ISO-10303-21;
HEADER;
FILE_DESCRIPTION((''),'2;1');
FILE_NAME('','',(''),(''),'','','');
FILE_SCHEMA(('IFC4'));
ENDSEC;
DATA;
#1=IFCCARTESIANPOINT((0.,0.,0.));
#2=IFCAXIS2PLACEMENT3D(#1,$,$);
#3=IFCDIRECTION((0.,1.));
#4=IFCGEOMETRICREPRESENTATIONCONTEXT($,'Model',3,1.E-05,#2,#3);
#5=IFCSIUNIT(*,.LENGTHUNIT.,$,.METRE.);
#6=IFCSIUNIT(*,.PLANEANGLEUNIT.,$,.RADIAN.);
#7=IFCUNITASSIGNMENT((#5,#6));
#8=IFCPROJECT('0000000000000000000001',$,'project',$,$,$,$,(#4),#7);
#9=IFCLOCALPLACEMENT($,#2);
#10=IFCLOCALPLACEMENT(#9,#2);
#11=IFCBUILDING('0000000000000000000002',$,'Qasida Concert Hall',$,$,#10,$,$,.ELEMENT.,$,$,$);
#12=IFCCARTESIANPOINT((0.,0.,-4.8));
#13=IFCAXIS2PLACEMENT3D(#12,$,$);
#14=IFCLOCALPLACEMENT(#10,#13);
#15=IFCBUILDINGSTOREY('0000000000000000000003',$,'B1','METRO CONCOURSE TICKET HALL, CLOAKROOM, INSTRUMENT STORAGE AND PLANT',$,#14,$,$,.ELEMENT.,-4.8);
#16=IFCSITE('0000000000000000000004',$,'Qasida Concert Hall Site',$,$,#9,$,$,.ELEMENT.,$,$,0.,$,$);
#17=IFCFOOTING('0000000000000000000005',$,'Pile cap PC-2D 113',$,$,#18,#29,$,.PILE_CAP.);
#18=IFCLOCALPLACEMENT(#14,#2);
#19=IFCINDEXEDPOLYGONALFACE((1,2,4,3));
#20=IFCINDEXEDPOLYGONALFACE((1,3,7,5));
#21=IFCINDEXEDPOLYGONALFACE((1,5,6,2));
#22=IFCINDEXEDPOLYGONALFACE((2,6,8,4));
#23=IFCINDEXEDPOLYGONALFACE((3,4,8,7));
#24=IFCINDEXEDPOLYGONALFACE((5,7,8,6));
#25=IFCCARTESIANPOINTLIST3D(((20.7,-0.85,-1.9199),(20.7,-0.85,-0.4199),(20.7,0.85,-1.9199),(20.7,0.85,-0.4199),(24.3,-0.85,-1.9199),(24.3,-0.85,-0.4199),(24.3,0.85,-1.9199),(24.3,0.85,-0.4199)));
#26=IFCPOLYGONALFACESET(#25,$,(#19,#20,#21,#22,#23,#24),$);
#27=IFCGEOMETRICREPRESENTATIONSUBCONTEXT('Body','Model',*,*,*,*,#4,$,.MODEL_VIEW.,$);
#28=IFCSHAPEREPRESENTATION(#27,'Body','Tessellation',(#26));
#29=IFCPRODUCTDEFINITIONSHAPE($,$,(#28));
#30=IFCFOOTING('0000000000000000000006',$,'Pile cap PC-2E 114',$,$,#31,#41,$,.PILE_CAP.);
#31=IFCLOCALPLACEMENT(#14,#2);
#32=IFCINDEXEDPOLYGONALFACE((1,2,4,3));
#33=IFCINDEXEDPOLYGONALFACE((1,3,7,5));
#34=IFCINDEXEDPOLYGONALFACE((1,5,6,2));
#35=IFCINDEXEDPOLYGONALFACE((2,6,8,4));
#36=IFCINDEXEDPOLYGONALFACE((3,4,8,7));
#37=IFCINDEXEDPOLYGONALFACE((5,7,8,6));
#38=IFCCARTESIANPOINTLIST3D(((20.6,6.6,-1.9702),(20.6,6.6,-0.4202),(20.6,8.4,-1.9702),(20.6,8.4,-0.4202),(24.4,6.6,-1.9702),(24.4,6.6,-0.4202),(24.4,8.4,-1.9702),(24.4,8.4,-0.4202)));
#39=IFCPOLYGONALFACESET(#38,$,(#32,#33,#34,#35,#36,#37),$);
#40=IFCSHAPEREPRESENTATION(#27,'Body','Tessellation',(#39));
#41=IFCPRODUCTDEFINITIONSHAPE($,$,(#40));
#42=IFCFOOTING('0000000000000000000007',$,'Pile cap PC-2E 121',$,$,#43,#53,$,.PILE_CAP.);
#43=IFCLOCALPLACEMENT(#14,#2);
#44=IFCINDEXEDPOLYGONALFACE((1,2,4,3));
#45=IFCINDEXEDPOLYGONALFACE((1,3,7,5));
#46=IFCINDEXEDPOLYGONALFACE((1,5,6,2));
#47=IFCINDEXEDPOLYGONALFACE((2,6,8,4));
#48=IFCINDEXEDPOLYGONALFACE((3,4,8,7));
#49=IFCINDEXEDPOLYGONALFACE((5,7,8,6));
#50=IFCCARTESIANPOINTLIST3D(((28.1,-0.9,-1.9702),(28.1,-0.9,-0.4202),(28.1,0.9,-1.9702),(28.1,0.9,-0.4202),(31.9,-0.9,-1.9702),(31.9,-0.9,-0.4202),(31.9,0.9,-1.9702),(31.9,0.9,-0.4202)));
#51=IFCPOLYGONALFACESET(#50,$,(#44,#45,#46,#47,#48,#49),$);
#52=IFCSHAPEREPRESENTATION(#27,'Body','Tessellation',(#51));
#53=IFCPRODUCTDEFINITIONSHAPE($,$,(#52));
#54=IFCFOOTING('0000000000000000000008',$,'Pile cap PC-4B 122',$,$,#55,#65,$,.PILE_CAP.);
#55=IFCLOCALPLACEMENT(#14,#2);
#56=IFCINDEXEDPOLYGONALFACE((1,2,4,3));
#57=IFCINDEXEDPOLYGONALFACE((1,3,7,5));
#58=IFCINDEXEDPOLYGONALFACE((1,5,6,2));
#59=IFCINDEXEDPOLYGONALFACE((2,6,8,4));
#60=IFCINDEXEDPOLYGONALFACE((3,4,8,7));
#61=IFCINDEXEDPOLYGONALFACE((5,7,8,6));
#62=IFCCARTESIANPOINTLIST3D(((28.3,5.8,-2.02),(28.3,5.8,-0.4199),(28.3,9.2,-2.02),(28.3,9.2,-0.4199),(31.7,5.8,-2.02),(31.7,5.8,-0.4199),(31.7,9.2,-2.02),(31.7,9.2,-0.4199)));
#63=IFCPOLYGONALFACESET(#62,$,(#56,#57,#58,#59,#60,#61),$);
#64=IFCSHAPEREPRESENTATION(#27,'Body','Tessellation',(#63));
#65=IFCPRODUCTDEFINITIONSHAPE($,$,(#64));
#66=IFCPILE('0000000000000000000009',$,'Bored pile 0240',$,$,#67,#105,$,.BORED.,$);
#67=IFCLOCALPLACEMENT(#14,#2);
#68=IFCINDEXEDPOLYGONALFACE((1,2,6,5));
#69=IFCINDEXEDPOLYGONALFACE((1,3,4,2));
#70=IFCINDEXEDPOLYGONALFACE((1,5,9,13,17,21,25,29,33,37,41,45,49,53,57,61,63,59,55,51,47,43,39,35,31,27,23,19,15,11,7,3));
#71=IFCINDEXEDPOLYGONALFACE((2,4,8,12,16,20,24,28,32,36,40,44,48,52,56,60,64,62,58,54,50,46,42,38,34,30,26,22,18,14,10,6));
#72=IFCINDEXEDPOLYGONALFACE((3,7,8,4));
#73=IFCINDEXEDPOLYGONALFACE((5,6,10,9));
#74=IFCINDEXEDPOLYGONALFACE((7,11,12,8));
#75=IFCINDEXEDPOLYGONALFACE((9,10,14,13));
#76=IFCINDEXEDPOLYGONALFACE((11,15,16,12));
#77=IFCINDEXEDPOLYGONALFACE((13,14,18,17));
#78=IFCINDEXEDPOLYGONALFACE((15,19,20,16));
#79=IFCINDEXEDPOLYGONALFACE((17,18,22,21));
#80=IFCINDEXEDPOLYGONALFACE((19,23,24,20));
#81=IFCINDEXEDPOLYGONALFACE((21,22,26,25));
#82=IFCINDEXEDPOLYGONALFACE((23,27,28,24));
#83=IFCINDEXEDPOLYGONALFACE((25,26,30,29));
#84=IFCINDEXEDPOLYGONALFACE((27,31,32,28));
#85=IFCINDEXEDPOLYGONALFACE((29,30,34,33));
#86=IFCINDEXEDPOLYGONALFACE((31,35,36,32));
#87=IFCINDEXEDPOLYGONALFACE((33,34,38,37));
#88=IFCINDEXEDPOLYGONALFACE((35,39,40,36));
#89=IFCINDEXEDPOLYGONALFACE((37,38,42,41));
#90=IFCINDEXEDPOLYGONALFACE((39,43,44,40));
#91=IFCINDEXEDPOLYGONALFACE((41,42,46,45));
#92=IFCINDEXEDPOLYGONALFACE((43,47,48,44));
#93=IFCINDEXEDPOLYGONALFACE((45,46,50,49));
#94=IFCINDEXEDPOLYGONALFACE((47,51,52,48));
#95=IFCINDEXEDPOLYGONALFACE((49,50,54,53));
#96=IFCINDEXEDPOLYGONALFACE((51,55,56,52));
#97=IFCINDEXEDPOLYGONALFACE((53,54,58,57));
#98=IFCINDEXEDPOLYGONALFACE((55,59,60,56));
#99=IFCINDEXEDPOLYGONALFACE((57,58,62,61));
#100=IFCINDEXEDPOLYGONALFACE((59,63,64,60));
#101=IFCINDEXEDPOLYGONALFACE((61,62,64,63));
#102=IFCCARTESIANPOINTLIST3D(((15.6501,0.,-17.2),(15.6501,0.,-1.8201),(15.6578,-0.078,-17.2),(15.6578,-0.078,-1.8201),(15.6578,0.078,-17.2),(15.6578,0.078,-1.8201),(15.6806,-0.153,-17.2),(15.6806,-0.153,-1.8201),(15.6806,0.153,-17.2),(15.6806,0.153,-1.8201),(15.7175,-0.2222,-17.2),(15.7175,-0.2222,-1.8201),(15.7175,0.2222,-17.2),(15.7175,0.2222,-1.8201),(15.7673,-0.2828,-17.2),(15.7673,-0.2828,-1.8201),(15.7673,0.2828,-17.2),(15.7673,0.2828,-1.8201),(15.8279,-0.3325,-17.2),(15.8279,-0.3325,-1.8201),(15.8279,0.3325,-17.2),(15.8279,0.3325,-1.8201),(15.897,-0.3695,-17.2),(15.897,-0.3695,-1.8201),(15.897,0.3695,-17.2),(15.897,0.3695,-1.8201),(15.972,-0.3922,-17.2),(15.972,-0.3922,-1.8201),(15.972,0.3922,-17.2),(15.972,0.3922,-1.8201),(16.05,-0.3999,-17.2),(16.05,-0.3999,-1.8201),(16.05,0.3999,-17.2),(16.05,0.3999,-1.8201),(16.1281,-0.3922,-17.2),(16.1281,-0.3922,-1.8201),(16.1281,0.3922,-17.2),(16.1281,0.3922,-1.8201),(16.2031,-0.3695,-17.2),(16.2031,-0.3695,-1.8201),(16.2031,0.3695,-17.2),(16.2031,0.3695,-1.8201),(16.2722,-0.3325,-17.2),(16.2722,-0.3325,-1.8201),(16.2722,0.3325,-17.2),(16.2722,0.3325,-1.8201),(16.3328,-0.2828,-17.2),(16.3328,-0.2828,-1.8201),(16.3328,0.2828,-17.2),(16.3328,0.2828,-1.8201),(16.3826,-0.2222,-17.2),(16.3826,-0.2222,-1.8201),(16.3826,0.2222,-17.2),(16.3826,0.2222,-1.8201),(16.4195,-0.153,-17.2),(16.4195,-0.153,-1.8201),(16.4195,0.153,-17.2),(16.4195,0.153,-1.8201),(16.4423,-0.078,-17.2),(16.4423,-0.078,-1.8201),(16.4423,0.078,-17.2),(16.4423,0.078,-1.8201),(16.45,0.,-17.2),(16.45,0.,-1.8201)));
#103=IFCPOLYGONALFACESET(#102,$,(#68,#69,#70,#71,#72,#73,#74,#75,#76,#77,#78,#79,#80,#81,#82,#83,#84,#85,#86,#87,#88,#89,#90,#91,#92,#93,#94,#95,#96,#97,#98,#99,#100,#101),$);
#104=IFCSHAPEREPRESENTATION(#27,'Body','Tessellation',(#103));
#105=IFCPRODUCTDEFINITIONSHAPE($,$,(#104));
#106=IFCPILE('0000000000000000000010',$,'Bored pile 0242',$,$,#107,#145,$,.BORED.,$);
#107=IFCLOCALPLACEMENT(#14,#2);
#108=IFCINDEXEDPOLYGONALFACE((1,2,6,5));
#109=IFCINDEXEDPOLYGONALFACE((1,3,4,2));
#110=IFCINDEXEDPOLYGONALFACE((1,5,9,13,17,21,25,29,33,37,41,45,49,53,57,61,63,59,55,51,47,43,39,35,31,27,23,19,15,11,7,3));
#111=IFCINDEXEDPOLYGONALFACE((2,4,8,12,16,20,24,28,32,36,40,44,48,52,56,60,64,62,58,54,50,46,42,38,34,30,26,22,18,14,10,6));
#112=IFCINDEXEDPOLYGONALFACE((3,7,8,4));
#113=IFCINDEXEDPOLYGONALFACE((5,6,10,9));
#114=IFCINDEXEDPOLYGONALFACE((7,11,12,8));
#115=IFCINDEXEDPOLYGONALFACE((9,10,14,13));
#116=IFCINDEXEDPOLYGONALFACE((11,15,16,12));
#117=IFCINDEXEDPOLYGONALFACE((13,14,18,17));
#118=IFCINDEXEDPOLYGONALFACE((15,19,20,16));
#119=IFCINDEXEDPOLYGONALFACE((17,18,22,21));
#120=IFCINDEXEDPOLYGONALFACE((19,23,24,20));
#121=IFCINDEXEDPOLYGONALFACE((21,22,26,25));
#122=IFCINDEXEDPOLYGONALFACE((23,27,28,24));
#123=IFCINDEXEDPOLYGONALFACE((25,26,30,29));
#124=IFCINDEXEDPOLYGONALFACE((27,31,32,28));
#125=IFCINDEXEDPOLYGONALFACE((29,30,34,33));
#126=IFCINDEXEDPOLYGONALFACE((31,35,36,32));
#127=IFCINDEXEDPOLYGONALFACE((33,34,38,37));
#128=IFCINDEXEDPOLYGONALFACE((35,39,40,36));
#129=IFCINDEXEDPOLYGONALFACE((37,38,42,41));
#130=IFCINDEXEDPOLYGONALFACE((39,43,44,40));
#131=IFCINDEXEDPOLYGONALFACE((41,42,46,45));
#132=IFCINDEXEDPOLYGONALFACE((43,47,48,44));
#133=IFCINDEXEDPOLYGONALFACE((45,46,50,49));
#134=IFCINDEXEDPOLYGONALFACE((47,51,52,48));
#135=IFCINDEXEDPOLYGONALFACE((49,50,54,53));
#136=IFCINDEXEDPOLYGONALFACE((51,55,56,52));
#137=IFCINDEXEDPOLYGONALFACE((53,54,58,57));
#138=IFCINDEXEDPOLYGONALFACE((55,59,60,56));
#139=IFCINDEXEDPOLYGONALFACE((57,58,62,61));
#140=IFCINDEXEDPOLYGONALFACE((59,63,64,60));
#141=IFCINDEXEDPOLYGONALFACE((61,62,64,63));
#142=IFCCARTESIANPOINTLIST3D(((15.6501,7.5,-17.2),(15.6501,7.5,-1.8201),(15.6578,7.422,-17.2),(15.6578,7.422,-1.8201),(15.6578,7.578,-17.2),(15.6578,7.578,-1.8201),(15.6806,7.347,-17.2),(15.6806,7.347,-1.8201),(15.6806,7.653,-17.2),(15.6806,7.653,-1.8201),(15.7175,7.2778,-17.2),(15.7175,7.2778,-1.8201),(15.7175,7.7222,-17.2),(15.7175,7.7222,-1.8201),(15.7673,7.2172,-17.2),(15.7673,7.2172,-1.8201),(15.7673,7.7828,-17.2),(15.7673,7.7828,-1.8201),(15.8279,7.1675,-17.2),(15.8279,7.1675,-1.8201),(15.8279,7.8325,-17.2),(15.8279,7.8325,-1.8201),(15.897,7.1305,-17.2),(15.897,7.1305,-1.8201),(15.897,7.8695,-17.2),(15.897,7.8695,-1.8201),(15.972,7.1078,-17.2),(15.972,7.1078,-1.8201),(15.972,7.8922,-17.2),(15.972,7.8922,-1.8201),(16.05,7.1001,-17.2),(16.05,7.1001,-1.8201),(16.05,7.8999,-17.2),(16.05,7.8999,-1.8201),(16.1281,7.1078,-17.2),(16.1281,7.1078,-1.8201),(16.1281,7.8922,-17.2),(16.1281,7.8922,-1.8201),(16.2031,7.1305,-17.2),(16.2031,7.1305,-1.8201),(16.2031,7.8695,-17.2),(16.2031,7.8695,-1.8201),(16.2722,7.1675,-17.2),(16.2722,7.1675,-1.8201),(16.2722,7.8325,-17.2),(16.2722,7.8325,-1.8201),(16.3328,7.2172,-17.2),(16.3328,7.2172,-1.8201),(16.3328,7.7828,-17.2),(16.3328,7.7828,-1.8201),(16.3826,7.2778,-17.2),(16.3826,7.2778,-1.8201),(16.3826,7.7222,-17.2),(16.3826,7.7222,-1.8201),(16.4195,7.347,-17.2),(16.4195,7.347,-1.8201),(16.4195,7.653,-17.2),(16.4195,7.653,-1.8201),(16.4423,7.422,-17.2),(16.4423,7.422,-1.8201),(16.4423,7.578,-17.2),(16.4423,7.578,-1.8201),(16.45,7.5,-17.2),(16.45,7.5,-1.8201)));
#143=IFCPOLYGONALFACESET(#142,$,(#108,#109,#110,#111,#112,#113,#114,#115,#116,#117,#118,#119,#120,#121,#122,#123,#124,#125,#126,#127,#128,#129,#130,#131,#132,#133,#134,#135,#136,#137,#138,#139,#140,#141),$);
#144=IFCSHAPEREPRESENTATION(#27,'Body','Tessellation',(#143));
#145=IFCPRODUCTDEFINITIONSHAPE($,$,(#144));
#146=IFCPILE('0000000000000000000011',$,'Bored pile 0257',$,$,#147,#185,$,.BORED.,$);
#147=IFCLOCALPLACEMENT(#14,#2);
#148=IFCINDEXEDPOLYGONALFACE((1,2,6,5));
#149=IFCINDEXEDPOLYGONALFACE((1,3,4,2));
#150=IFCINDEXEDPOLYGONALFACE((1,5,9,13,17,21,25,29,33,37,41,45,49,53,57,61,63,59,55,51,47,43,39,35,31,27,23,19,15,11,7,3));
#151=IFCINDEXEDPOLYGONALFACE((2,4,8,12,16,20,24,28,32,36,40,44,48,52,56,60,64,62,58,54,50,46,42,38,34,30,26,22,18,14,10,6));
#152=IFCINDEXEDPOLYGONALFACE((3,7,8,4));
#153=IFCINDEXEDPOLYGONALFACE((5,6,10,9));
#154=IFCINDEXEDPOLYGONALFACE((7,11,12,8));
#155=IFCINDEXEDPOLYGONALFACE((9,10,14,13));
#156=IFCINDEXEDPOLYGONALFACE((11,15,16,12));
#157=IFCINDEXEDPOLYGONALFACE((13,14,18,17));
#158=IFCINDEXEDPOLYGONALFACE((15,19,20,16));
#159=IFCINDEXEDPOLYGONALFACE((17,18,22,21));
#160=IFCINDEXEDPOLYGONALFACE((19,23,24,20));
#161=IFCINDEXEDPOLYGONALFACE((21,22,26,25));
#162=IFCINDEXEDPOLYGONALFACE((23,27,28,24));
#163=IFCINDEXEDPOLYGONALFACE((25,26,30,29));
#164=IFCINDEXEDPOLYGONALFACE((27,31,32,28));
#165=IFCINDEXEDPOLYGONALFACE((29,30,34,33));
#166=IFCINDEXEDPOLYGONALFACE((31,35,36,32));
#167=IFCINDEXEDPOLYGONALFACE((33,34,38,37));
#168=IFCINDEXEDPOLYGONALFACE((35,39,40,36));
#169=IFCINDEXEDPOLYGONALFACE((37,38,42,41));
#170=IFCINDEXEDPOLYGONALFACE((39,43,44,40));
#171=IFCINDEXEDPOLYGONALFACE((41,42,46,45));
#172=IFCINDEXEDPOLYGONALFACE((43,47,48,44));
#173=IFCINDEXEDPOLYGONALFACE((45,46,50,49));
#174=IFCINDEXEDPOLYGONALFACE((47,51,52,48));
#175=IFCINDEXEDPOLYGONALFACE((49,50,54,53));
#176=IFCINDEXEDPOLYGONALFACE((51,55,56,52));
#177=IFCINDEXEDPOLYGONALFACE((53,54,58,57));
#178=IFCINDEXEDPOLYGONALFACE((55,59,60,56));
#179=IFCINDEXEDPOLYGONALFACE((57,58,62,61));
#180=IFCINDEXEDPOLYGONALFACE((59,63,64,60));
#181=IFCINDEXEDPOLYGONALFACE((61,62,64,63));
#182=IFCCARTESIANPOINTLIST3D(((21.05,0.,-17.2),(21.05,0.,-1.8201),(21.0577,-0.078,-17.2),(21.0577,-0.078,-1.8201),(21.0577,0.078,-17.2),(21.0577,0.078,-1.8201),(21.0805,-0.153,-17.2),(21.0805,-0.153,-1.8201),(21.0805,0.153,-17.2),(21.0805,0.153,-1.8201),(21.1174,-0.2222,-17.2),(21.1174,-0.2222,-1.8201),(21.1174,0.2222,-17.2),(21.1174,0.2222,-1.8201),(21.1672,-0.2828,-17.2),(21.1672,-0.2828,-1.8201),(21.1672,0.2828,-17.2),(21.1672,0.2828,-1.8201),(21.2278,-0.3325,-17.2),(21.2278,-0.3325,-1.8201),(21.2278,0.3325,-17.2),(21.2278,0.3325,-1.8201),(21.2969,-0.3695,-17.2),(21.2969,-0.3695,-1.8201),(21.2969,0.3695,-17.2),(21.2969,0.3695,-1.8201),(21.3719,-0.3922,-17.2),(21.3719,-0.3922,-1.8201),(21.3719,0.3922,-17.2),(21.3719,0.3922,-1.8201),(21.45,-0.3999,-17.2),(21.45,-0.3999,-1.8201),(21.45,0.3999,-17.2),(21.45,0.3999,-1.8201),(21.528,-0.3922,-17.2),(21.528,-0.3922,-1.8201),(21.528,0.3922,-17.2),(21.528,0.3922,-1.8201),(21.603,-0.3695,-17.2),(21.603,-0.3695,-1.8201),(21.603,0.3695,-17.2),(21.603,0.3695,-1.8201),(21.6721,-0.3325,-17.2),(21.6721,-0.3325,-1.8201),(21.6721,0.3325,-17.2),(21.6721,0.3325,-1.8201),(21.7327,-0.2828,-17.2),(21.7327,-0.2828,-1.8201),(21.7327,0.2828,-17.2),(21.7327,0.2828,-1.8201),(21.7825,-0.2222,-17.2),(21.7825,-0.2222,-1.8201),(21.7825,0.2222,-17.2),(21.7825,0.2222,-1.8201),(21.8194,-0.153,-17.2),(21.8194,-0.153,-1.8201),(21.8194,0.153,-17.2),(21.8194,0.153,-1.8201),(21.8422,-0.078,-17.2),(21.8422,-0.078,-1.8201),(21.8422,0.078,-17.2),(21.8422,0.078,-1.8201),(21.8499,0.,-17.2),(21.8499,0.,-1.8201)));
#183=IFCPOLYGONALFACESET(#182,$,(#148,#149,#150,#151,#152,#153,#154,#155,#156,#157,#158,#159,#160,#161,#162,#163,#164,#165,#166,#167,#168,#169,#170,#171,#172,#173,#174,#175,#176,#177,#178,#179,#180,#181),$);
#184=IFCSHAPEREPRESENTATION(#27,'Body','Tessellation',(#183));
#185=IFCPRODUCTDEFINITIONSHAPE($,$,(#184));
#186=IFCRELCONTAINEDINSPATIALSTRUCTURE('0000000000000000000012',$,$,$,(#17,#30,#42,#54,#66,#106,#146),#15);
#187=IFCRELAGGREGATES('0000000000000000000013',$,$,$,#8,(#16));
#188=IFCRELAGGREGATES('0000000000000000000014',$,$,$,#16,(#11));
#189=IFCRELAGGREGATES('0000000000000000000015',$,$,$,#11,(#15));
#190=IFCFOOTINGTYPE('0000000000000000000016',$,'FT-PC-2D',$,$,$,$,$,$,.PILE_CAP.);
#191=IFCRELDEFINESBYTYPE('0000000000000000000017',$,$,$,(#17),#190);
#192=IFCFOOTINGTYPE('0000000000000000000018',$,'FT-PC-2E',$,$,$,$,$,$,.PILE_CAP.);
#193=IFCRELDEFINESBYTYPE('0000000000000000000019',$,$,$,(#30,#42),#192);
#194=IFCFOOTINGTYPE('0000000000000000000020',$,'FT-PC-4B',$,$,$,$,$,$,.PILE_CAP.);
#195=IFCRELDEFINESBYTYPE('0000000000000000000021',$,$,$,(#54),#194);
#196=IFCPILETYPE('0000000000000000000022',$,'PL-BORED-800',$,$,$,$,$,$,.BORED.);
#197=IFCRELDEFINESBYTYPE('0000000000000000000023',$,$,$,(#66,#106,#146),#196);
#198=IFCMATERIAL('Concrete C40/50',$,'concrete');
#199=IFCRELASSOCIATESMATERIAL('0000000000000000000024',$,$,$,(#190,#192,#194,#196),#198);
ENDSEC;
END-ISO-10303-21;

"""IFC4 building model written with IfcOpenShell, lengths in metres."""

from ifc_helpers import new_model, si_unit, direction, frame, origin, origin_2d, place, context, subcontext, project, spatial, rectangle, circle, extrude, material, material_profile, profile_set, type_object, element, save


model = new_model("IFC4")

# Units and contexts
model_context = context("Model", 3, precision=1e-05, world=origin(), true_north=direction((0.0, 1.0)))
body_context = subcontext(model_context, "Body", "Model", "MODEL_VIEW")
ifc_project = project(units=[si_unit("LENGTHUNIT", "METRE"), si_unit("PLANEANGLEUNIT", "RADIAN")], contexts=[model_context])

# Site, building, storey
site_placement = place(None, origin())
site = spatial("IfcSite", under=ifc_project, at=site_placement, Name="Qasida Concert Hall Site", CompositionType="ELEMENT", RefElevation=0.0)
building_placement = place(site_placement, origin())
building = spatial("IfcBuilding", under=site, at=building_placement, Name="Qasida Concert Hall", CompositionType="ELEMENT")
storey_placement = place(building_placement, frame((0.0, 0.0, -4.8)))
storey = spatial("IfcBuildingStorey", under=building, at=storey_placement, Name="B1", Description="METRO CONCOURSE TICKET HALL, CLOAKROOM, INSTRUMENT STORAGE AND PLANT", CompositionType="ELEMENT", Elevation=-4.8)

# Footings
ifc_material_1 = material(Name="Concrete C40/50", Category="concrete")
footing_type_1 = type_object("IfcFootingType", Name="FT-PC-2D", PredefinedType="PILE_CAP", material=ifc_material_1)
footing_1_placement = place(storey_placement, frame((22.5, 0.0, -1.9199), z_axis=(0.0, 0.0, 1.0), x_axis=(1.0, 0.0, 0.0)))
element("IfcFooting", 1, at=footing_1_placement, inside=storey, type_object=footing_type_1, Name="Pile cap PC-2D 113", PredefinedType="PILE_CAP", context=body_context, shape_type="SweptSolid", body=[
    extrude(rectangle(XDim=3.6001, YDim=1.7, at=origin_2d()), origin(), (0.0, 0.0, 1.0), 1.5),
])
footing_type_2 = type_object("IfcFootingType", Name="FT-PC-2E", PredefinedType="PILE_CAP", material=ifc_material_1)
for number, where, z_axis, x_axis, name in (
    (2, (22.5, 7.5, -1.9702), (0.0, 0.0, 1.0), (1.0, 0.0, 0.0), "Pile cap PC-2E 114"),
    (3, (30.0, 0.0, -1.9702), (0.0, 0.0, 1.0), (1.0, 0.0, 0.0), "Pile cap PC-2E 121"),
):
    element("IfcFooting", number, at=place(storey_placement, frame(where, z_axis=z_axis, x_axis=x_axis)), inside=storey, type_object=footing_type_2, Name=name, PredefinedType="PILE_CAP", context=body_context, shape_type="SweptSolid", body=[
        extrude(rectangle(XDim=3.8, YDim=1.8, at=origin_2d()), origin(), (0.0, 0.0, 1.0), 1.55),
    ])
footing_type_3 = type_object("IfcFootingType", Name="FT-PC-4B", PredefinedType="PILE_CAP", material=ifc_material_1)
footing_2_placement = place(storey_placement, frame((30.0, 7.5, -2.02), z_axis=(0.0, 0.0, 1.0), x_axis=(1.0, 0.0, 0.0)))
element("IfcFooting", 4, at=footing_2_placement, inside=storey, type_object=footing_type_3, Name="Pile cap PC-4B 122", PredefinedType="PILE_CAP", context=body_context, shape_type="SweptSolid", body=[
    extrude(rectangle(XDim=3.3999, YDim=3.3999, at=origin_2d()), origin(), (0.0, 0.0, 1.0), 1.6001),
])

# Piles
ifc_material_profile_1 = material_profile(ifc_material_1, circle(Radius=0.3999, at=origin_2d()), Name="BORED PILE D800")
ifc_profile_set_1 = profile_set([ifc_material_profile_1], Name="Concrete C40/50")
pile_type = type_object("IfcPileType", Name="PL-BORED-800", PredefinedType="BORED", material=ifc_profile_set_1)
for number, where, z_axis, x_axis, name in (
    (5, (16.05, 0.0, -1.8201), (0.0, 0.0, -1.0), (1.0, 0.0, 0.0), "Bored pile 0240"),
    (6, (16.05, 7.5, -1.8201), (0.0, 0.0, -1.0), (1.0, 0.0, 0.0), "Bored pile 0242"),
    (7, (21.45, 0.0, -1.8201), (0.0, 0.0, -1.0), (1.0, 0.0, 0.0), "Bored pile 0257"),
):
    element("IfcPile", number, at=place(storey_placement, frame(where, z_axis=z_axis, x_axis=x_axis)), inside=storey, type_object=pile_type, Name=name, PredefinedType="BORED", context=body_context, shape_type="SweptSolid", body=[
        extrude(circle(Radius=0.3999, at=origin_2d()), origin(), (0.0, 0.0, 1.0), 15.3799),
    ])

save(model, "model.ifc")
